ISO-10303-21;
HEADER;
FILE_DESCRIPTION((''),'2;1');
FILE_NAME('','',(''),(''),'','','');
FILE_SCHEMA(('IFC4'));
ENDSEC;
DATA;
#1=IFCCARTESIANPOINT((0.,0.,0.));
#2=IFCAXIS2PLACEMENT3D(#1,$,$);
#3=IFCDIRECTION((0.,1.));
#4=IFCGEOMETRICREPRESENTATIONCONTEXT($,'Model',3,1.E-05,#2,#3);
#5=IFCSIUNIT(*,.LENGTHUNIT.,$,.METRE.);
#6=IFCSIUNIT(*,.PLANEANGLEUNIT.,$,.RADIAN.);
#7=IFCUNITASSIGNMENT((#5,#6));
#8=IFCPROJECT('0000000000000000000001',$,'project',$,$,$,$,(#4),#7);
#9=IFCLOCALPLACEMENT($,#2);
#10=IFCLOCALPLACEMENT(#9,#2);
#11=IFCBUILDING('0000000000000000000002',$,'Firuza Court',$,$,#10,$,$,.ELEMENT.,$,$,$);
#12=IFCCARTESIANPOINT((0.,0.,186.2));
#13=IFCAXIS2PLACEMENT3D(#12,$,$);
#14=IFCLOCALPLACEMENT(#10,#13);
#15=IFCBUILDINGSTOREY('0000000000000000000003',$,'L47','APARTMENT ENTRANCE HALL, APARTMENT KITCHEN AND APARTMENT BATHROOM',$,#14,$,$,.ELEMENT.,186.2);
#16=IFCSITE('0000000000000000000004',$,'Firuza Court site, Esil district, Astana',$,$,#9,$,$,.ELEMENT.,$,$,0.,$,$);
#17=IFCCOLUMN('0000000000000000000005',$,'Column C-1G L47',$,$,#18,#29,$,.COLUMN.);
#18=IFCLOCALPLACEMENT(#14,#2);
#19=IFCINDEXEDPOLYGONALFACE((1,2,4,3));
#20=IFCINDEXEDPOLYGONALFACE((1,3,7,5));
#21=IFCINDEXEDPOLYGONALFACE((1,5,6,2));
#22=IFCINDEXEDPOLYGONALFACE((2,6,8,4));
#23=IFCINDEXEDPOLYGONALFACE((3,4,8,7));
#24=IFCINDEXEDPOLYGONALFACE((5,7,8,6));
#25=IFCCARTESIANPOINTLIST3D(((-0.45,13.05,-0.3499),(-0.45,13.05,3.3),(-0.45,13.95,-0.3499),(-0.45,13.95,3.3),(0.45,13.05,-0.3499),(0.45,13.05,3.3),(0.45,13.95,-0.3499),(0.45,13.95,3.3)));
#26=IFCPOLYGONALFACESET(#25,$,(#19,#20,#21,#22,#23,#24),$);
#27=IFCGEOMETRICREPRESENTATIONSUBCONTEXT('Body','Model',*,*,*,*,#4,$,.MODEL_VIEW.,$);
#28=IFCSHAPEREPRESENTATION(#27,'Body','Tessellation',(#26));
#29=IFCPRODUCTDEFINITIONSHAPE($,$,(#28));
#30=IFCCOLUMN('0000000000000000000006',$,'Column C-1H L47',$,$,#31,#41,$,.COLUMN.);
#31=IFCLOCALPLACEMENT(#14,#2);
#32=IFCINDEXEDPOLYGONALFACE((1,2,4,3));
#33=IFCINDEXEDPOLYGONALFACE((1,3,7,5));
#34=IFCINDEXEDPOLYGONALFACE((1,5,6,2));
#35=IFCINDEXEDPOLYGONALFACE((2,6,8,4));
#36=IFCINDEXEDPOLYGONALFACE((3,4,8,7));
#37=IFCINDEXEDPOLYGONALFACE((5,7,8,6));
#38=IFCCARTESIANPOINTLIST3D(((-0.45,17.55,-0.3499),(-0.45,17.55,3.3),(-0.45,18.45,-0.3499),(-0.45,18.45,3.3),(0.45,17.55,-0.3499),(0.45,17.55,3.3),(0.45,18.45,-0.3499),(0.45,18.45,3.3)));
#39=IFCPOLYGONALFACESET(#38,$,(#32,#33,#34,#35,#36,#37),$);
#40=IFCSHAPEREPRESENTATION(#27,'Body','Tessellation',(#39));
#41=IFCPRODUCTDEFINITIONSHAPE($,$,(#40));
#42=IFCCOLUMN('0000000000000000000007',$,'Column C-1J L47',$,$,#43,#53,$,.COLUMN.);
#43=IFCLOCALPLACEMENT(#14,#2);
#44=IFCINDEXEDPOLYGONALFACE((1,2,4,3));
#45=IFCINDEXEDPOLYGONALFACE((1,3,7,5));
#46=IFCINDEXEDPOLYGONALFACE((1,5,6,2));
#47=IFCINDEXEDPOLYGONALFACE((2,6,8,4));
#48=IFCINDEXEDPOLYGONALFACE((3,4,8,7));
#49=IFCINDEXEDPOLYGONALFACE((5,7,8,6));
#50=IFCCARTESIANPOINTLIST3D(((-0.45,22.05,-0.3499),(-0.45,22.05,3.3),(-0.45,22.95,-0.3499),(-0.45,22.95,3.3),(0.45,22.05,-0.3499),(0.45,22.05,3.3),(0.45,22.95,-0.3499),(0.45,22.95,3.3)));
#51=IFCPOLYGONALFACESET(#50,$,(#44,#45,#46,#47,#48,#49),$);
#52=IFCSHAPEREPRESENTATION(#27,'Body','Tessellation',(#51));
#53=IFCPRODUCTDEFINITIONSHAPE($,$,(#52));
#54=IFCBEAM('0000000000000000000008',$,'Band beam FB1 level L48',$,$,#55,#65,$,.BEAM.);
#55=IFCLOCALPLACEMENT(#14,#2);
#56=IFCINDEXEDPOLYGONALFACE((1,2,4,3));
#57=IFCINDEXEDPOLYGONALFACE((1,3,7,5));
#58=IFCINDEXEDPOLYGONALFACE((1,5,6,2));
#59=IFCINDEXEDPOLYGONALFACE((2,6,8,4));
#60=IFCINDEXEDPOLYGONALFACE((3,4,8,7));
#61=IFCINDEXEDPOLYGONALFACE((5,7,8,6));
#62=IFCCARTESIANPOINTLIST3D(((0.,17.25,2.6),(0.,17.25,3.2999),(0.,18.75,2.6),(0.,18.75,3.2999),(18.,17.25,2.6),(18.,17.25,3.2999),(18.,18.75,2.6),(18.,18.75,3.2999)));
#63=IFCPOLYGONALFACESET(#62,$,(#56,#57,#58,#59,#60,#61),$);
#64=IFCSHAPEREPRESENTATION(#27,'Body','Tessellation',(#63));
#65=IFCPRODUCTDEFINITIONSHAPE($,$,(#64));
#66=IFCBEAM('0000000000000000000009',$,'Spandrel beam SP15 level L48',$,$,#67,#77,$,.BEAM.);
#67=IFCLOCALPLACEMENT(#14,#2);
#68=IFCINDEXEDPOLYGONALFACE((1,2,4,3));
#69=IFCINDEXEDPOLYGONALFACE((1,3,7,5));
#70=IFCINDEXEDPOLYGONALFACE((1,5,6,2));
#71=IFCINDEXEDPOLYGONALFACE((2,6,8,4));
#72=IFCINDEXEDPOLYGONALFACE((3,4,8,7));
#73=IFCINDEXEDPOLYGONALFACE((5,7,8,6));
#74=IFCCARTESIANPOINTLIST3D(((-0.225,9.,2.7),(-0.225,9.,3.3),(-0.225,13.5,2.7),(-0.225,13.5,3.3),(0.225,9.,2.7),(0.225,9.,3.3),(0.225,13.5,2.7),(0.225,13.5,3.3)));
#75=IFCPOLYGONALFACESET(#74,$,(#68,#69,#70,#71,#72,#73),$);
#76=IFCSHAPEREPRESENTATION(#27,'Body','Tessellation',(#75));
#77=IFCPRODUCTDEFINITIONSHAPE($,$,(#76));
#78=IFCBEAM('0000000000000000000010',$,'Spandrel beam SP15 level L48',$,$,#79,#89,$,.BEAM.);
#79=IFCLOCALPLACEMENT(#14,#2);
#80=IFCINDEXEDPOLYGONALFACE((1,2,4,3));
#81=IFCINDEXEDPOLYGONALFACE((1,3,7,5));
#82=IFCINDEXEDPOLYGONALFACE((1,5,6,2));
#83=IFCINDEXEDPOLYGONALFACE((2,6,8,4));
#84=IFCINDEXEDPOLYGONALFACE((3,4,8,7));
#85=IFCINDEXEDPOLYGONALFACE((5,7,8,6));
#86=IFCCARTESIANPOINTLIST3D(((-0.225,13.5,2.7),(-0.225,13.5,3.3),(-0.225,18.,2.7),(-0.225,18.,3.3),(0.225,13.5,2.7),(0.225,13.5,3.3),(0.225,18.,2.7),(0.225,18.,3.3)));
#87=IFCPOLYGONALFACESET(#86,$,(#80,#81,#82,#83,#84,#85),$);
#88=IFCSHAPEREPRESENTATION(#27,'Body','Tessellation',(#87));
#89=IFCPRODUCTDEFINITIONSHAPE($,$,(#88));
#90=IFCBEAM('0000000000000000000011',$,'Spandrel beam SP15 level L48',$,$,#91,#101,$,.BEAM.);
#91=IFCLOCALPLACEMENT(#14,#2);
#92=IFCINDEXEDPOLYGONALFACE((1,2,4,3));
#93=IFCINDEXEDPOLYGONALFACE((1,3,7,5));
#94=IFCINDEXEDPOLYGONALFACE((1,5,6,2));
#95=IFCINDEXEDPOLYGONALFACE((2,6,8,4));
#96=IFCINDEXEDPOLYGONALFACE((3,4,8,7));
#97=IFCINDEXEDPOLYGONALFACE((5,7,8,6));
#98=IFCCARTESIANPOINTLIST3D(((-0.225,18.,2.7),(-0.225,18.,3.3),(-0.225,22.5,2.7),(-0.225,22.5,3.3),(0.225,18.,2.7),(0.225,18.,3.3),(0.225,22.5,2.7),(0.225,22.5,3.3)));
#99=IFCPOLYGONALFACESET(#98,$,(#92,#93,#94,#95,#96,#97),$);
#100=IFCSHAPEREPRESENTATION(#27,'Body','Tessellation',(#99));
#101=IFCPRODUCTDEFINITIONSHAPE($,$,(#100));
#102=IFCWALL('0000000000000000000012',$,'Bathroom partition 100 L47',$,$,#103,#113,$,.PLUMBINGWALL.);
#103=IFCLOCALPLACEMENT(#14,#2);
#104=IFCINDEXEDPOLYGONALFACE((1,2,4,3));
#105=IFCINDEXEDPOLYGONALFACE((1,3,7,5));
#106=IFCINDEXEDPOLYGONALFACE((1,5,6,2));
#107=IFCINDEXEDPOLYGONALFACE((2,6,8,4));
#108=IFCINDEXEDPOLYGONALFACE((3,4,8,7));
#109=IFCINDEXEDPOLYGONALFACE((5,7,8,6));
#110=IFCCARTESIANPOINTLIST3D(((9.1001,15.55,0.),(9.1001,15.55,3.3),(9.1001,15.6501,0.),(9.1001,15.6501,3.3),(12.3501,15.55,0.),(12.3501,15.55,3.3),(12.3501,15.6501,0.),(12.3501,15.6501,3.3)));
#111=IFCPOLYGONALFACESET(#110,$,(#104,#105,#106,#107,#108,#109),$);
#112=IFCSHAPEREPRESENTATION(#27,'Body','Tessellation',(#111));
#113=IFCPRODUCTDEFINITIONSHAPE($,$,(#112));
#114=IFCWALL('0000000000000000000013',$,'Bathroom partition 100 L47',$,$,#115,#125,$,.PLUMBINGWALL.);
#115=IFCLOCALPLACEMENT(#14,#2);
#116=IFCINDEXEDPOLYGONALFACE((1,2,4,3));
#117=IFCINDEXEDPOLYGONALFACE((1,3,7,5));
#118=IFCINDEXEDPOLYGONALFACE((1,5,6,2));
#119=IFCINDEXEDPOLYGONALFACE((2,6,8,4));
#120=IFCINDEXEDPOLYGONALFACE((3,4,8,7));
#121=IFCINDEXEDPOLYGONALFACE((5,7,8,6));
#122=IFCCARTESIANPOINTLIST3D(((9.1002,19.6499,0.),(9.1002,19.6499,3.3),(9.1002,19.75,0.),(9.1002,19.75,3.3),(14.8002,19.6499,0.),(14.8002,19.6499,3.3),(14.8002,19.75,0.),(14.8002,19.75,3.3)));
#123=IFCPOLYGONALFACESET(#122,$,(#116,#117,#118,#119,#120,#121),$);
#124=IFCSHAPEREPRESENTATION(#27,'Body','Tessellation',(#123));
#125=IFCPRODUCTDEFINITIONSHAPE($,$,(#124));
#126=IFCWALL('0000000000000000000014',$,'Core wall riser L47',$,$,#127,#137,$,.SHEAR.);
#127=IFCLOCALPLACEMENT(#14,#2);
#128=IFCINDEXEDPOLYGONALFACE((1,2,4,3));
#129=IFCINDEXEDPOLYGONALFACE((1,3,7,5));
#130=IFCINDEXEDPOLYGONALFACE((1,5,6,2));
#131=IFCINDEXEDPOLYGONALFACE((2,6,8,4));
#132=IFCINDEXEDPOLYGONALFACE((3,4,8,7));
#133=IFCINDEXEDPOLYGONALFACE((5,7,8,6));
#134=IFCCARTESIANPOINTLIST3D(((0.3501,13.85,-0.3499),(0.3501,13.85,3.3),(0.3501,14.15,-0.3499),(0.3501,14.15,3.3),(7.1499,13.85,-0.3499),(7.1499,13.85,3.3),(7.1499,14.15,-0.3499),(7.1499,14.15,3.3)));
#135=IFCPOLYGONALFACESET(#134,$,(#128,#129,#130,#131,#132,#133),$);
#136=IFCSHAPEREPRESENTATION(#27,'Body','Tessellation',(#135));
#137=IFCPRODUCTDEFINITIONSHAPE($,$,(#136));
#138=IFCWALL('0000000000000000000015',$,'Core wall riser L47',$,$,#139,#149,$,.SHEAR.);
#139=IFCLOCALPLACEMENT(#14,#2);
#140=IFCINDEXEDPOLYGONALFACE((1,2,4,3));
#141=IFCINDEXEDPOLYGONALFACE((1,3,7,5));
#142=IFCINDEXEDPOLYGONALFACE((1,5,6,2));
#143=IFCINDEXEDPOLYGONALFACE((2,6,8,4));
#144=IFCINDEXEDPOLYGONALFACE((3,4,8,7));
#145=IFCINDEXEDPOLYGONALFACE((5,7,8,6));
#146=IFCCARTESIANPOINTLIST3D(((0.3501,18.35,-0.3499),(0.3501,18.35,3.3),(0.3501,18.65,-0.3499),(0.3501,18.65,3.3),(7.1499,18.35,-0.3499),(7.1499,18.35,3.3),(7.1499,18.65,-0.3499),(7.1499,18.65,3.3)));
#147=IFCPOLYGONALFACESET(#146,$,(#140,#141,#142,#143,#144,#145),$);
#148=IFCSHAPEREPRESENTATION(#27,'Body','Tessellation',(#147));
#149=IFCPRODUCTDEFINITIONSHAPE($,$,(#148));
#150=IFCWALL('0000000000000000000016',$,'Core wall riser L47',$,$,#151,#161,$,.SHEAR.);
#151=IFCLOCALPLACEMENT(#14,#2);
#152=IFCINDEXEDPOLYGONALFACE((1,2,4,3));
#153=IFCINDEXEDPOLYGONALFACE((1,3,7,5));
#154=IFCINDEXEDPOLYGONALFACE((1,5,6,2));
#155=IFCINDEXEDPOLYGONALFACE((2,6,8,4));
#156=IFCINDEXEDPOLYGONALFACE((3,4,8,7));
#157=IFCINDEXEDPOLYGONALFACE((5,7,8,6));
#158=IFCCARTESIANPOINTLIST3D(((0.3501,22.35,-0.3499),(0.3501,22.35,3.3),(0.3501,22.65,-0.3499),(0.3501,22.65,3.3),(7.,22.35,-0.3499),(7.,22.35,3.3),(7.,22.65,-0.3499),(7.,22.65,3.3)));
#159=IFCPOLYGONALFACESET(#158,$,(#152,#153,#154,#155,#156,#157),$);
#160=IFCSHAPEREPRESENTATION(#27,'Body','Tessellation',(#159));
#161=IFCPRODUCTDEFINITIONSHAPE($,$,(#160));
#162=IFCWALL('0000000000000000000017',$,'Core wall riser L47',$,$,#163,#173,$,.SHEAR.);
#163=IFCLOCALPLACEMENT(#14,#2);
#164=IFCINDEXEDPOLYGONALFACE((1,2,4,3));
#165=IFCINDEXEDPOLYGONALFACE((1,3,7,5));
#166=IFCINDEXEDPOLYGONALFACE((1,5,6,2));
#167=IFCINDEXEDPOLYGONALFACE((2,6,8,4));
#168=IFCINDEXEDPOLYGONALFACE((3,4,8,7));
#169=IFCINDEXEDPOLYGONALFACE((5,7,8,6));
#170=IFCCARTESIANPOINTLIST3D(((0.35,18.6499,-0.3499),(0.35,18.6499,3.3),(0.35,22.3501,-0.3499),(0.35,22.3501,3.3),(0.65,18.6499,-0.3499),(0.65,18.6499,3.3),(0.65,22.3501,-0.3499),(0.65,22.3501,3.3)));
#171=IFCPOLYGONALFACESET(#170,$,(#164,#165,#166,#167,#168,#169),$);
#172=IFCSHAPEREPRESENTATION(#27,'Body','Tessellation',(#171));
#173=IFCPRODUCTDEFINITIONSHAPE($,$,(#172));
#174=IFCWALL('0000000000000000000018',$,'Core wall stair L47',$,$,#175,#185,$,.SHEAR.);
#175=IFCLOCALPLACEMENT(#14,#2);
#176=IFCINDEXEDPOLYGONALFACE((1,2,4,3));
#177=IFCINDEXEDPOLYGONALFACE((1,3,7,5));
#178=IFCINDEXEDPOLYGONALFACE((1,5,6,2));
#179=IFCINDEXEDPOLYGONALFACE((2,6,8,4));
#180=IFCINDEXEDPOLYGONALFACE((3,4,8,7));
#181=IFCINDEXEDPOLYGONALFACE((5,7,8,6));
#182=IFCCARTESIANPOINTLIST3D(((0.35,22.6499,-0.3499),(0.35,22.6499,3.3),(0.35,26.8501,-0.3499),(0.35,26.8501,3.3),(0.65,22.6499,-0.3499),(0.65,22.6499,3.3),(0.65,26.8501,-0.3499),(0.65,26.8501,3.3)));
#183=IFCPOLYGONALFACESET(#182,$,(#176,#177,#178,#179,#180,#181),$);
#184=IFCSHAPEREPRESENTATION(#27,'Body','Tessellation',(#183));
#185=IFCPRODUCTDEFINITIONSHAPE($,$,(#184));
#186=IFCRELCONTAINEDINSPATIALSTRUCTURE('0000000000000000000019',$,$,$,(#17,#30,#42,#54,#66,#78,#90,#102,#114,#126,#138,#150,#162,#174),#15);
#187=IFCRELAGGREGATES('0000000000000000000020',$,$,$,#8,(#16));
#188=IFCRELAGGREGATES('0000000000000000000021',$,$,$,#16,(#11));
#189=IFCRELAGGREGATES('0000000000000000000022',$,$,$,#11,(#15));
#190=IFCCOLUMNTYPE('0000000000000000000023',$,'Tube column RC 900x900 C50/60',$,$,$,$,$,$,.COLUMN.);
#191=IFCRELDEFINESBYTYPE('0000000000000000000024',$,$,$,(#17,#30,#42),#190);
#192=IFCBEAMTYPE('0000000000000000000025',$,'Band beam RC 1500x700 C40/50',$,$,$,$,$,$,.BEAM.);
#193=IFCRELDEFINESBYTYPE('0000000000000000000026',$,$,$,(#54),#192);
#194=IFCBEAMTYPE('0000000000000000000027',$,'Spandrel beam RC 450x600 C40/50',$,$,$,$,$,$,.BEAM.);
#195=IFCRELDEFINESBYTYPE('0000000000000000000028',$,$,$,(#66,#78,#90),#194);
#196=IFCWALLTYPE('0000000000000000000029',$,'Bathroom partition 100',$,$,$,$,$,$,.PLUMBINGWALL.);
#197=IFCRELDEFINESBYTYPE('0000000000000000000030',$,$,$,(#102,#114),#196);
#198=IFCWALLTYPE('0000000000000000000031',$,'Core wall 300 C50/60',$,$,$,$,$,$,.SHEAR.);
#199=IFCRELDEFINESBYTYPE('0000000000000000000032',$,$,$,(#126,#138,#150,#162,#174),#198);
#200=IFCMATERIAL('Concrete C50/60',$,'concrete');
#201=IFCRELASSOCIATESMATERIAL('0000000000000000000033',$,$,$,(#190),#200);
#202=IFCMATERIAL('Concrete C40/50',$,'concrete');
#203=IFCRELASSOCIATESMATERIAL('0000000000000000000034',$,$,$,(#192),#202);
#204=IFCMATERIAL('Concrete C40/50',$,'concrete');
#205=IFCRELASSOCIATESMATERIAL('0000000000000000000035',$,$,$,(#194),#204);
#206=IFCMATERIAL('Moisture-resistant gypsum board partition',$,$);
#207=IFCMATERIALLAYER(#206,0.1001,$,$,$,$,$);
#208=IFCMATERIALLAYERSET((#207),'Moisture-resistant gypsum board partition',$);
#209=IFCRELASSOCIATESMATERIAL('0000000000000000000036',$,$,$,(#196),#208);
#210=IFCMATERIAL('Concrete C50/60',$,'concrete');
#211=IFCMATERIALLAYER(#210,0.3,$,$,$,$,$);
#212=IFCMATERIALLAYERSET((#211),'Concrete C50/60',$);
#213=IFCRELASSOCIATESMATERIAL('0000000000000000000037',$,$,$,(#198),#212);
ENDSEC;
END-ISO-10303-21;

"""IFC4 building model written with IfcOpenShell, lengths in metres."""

from ifc_helpers import new_model, si_unit, direction, frame, frame_2d, origin, origin_2d, place, context, subcontext, project, spatial, rectangle, extrude, material, layer, layer_set, material_profile, profile_set, type_object, element, save


model = new_model("IFC4")

# Units and contexts
model_context = context("Model", 3, precision=1e-05, world=origin(), true_north=direction((0.0, 1.0)))
body_context = subcontext(model_context, "Body", "Model", "MODEL_VIEW")
ifc_project = project(units=[si_unit("LENGTHUNIT", "METRE"), si_unit("PLANEANGLEUNIT", "RADIAN")], contexts=[model_context])

# Site, building, storey
site_placement = place(None, origin())
site = spatial("IfcSite", under=ifc_project, at=site_placement, Name="Firuza Court site, Esil district, Astana", CompositionType="ELEMENT", RefElevation=0.0)
building_placement = place(site_placement, origin())
building = spatial("IfcBuilding", under=site, at=building_placement, Name="Firuza Court", CompositionType="ELEMENT")
storey_placement = place(building_placement, frame((0.0, 0.0, 186.2)))
storey = spatial("IfcBuildingStorey", under=building, at=storey_placement, Name="L47", Description="APARTMENT ENTRANCE HALL, APARTMENT KITCHEN AND APARTMENT BATHROOM", CompositionType="ELEMENT", Elevation=186.2)

# Columns
ifc_material_1 = material(Name="Concrete C50/60", Category="concrete")
ifc_material_profile_1 = material_profile(ifc_material_1, rectangle(XDim=0.8999, YDim=0.8999, at=origin_2d()), Name="RC 900x900")
ifc_profile_set_1 = profile_set([ifc_material_profile_1], Name="Concrete C50/60")
column_type = type_object("IfcColumnType", Name="Tube column RC 900x900 C50/60", PredefinedType="COLUMN", material=ifc_profile_set_1)
for number, where, z_axis, x_axis, name in (
    (1, (0.0, 13.5, -0.3499), (0.0, 0.0, 1.0), (1.0, 0.0, 0.0), "Column C-1G L47"),
    (2, (0.0, 18.0, -0.3499), (0.0, 0.0, 1.0), (1.0, 0.0, 0.0), "Column C-1H L47"),
    (3, (0.0, 22.5, -0.3499), (0.0, 0.0, 1.0), (1.0, 0.0, 0.0), "Column C-1J L47"),
):
    element("IfcColumn", number, at=place(storey_placement, frame(where, z_axis=z_axis, x_axis=x_axis)), inside=storey, type_object=column_type, Name=name, PredefinedType="COLUMN", context=body_context, shape_type="SweptSolid", body=[
        extrude(rectangle(XDim=0.8999, YDim=0.8999, at=origin_2d()), origin(), (0.0, 0.0, 1.0), 3.6499),
    ])

# Beams
ifc_material_2 = material(Name="Concrete C40/50", Category="concrete")
ifc_material_profile_2 = material_profile(ifc_material_2, rectangle(XDim=1.5, YDim=0.7, at=origin_2d()), Name="RC 1500x700")
ifc_profile_set_2 = profile_set([ifc_material_profile_2], Name="Concrete C40/50")
beam_type_1 = type_object("IfcBeamType", Name="Band beam RC 1500x700 C40/50", PredefinedType="BEAM", material=ifc_profile_set_2)
beam_placement = place(storey_placement, frame((0.0, 18.0, 2.95), z_axis=(1.0, 0.0, 0.0), x_axis=(0.0, 1.0, 0.0)))
element("IfcBeam", 4, at=beam_placement, inside=storey, type_object=beam_type_1, Name="Band beam FB1 level L48", PredefinedType="BEAM", context=body_context, shape_type="SweptSolid", body=[
    extrude(rectangle(XDim=1.5, YDim=0.7, at=origin_2d()), origin(), (0.0, 0.0, 1.0), 18.0),
])
ifc_material_3 = material(Name="Concrete C40/50", Category="concrete")
ifc_material_profile_3 = material_profile(ifc_material_3, rectangle(XDim=0.45, YDim=0.6001, at=origin_2d()), Name="RC 450x600")
ifc_profile_set_3 = profile_set([ifc_material_profile_3], Name="Concrete C40/50")
beam_type_2 = type_object("IfcBeamType", Name="Spandrel beam RC 450x600 C40/50", PredefinedType="BEAM", material=ifc_profile_set_3)
for number, where, z_axis, x_axis, name in (
    (5, (0.0, 13.5, 3.0), (0.0, -1.0, 0.0), (1.0, 0.0, 0.0), "Spandrel beam SP15 level L48"),
    (6, (0.0, 18.0, 3.0), (0.0, -1.0, 0.0), (1.0, 0.0, 0.0), "Spandrel beam SP15 level L48"),
    (7, (0.0, 22.5, 3.0), (0.0, -1.0, 0.0), (1.0, 0.0, 0.0), "Spandrel beam SP15 level L48"),
):
    element("IfcBeam", number, at=place(storey_placement, frame(where, z_axis=z_axis, x_axis=x_axis)), inside=storey, type_object=beam_type_2, Name=name, PredefinedType="BEAM", context=body_context, shape_type="SweptSolid", body=[
        extrude(rectangle(XDim=0.45, YDim=0.6001, at=origin_2d()), origin(), (0.0, 0.0, 1.0), 4.5),
    ])

# Walls
ifc_material_4 = material(Name="Moisture-resistant gypsum board partition")
ifc_layer_1 = layer(ifc_material_4, 0.1001)
ifc_layer_set_1 = layer_set([ifc_layer_1], Name="Moisture-resistant gypsum board partition")
wall_type_1 = type_object("IfcWallType", Name="Bathroom partition 100", PredefinedType="PLUMBINGWALL", material=ifc_layer_set_1)
wall_1_placement = place(storey_placement, frame((9.1001, 15.6001, 0.0), z_axis=(0.0, 0.0, 1.0), x_axis=(1.0, 0.0, 0.0)))
element("IfcWall", 8, at=wall_1_placement, inside=storey, type_object=wall_type_1, Name="Bathroom partition 100 L47", PredefinedType="PLUMBINGWALL", context=body_context, shape_type="SweptSolid", body=[
    extrude(rectangle(XDim=3.25, YDim=0.1001, at=frame_2d((1.625, 0.0))), origin(), (0.0, 0.0, 1.0), 3.3),
])
wall_2_placement = place(storey_placement, frame((9.1001, 19.7, 0.0), z_axis=(0.0, 0.0, 1.0), x_axis=(1.0, 0.0, 0.0)))
element("IfcWall", 9, at=wall_2_placement, inside=storey, type_object=wall_type_1, Name="Bathroom partition 100 L47", PredefinedType="PLUMBINGWALL", context=body_context, shape_type="SweptSolid", body=[
    extrude(rectangle(XDim=5.7, YDim=0.1001, at=frame_2d((2.8501, 0.0))), origin(), (0.0, 0.0, 1.0), 3.3),
])
ifc_material_5 = material(Name="Concrete C50/60", Category="concrete")
ifc_layer_2 = layer(ifc_material_5, 0.3)
ifc_layer_set_2 = layer_set([ifc_layer_2], Name="Concrete C50/60")
wall_type_2 = type_object("IfcWallType", Name="Core wall 300 C50/60", PredefinedType="SHEAR", material=ifc_layer_set_2)
for number, where, z_axis, x_axis, name in (
    (10, (0.3501, 14.0, -0.3499), (0.0, 0.0, 1.0), (1.0, 0.0, 0.0), "Core wall riser L47"),
    (11, (0.3501, 18.5, -0.3499), (0.0, 0.0, 1.0), (1.0, 0.0, 0.0), "Core wall riser L47"),
):
    element("IfcWall", number, at=place(storey_placement, frame(where, z_axis=z_axis, x_axis=x_axis)), inside=storey, type_object=wall_type_2, Name=name, PredefinedType="SHEAR", context=body_context, shape_type="SweptSolid", body=[
        extrude(rectangle(XDim=6.7998, YDim=0.3, at=frame_2d((3.3999, 0.0))), origin(), (0.0, 0.0, 1.0), 3.6499),
    ])
wall_3_placement = place(storey_placement, frame((0.3501, 22.5, -0.3499), z_axis=(0.0, 0.0, 1.0), x_axis=(1.0, 0.0, 0.0)))
element("IfcWall", 12, at=wall_3_placement, inside=storey, type_object=wall_type_2, Name="Core wall riser L47", PredefinedType="SHEAR", context=body_context, shape_type="SweptSolid", body=[
    extrude(rectangle(XDim=6.6499, YDim=0.3, at=frame_2d((3.325, 0.0))), origin(), (0.0, 0.0, 1.0), 3.6499),
])
wall_4_placement = place(storey_placement, frame((0.5, 18.6499, -0.3499), z_axis=(0.0, 0.0, 1.0), x_axis=(0.0, 1.0, 0.0)))
element("IfcWall", 13, at=wall_4_placement, inside=storey, type_object=wall_type_2, Name="Core wall riser L47", PredefinedType="SHEAR", context=body_context, shape_type="SweptSolid", body=[
    extrude(rectangle(XDim=3.7002, YDim=0.3, at=frame_2d((1.8501, 0.0))), origin(), (0.0, 0.0, 1.0), 3.6499),
])
wall_5_placement = place(storey_placement, frame((0.5, 22.6499, -0.3499), z_axis=(0.0, 0.0, 1.0), x_axis=(0.0, 1.0, 0.0)))
element("IfcWall", 14, at=wall_5_placement, inside=storey, type_object=wall_type_2, Name="Core wall stair L47", PredefinedType="SHEAR", context=body_context, shape_type="SweptSolid", body=[
    extrude(rectangle(XDim=4.2002, YDim=0.3, at=frame_2d((2.1001, 0.0))), origin(), (0.0, 0.0, 1.0), 3.6499),
])

save(model, "model.ifc")
